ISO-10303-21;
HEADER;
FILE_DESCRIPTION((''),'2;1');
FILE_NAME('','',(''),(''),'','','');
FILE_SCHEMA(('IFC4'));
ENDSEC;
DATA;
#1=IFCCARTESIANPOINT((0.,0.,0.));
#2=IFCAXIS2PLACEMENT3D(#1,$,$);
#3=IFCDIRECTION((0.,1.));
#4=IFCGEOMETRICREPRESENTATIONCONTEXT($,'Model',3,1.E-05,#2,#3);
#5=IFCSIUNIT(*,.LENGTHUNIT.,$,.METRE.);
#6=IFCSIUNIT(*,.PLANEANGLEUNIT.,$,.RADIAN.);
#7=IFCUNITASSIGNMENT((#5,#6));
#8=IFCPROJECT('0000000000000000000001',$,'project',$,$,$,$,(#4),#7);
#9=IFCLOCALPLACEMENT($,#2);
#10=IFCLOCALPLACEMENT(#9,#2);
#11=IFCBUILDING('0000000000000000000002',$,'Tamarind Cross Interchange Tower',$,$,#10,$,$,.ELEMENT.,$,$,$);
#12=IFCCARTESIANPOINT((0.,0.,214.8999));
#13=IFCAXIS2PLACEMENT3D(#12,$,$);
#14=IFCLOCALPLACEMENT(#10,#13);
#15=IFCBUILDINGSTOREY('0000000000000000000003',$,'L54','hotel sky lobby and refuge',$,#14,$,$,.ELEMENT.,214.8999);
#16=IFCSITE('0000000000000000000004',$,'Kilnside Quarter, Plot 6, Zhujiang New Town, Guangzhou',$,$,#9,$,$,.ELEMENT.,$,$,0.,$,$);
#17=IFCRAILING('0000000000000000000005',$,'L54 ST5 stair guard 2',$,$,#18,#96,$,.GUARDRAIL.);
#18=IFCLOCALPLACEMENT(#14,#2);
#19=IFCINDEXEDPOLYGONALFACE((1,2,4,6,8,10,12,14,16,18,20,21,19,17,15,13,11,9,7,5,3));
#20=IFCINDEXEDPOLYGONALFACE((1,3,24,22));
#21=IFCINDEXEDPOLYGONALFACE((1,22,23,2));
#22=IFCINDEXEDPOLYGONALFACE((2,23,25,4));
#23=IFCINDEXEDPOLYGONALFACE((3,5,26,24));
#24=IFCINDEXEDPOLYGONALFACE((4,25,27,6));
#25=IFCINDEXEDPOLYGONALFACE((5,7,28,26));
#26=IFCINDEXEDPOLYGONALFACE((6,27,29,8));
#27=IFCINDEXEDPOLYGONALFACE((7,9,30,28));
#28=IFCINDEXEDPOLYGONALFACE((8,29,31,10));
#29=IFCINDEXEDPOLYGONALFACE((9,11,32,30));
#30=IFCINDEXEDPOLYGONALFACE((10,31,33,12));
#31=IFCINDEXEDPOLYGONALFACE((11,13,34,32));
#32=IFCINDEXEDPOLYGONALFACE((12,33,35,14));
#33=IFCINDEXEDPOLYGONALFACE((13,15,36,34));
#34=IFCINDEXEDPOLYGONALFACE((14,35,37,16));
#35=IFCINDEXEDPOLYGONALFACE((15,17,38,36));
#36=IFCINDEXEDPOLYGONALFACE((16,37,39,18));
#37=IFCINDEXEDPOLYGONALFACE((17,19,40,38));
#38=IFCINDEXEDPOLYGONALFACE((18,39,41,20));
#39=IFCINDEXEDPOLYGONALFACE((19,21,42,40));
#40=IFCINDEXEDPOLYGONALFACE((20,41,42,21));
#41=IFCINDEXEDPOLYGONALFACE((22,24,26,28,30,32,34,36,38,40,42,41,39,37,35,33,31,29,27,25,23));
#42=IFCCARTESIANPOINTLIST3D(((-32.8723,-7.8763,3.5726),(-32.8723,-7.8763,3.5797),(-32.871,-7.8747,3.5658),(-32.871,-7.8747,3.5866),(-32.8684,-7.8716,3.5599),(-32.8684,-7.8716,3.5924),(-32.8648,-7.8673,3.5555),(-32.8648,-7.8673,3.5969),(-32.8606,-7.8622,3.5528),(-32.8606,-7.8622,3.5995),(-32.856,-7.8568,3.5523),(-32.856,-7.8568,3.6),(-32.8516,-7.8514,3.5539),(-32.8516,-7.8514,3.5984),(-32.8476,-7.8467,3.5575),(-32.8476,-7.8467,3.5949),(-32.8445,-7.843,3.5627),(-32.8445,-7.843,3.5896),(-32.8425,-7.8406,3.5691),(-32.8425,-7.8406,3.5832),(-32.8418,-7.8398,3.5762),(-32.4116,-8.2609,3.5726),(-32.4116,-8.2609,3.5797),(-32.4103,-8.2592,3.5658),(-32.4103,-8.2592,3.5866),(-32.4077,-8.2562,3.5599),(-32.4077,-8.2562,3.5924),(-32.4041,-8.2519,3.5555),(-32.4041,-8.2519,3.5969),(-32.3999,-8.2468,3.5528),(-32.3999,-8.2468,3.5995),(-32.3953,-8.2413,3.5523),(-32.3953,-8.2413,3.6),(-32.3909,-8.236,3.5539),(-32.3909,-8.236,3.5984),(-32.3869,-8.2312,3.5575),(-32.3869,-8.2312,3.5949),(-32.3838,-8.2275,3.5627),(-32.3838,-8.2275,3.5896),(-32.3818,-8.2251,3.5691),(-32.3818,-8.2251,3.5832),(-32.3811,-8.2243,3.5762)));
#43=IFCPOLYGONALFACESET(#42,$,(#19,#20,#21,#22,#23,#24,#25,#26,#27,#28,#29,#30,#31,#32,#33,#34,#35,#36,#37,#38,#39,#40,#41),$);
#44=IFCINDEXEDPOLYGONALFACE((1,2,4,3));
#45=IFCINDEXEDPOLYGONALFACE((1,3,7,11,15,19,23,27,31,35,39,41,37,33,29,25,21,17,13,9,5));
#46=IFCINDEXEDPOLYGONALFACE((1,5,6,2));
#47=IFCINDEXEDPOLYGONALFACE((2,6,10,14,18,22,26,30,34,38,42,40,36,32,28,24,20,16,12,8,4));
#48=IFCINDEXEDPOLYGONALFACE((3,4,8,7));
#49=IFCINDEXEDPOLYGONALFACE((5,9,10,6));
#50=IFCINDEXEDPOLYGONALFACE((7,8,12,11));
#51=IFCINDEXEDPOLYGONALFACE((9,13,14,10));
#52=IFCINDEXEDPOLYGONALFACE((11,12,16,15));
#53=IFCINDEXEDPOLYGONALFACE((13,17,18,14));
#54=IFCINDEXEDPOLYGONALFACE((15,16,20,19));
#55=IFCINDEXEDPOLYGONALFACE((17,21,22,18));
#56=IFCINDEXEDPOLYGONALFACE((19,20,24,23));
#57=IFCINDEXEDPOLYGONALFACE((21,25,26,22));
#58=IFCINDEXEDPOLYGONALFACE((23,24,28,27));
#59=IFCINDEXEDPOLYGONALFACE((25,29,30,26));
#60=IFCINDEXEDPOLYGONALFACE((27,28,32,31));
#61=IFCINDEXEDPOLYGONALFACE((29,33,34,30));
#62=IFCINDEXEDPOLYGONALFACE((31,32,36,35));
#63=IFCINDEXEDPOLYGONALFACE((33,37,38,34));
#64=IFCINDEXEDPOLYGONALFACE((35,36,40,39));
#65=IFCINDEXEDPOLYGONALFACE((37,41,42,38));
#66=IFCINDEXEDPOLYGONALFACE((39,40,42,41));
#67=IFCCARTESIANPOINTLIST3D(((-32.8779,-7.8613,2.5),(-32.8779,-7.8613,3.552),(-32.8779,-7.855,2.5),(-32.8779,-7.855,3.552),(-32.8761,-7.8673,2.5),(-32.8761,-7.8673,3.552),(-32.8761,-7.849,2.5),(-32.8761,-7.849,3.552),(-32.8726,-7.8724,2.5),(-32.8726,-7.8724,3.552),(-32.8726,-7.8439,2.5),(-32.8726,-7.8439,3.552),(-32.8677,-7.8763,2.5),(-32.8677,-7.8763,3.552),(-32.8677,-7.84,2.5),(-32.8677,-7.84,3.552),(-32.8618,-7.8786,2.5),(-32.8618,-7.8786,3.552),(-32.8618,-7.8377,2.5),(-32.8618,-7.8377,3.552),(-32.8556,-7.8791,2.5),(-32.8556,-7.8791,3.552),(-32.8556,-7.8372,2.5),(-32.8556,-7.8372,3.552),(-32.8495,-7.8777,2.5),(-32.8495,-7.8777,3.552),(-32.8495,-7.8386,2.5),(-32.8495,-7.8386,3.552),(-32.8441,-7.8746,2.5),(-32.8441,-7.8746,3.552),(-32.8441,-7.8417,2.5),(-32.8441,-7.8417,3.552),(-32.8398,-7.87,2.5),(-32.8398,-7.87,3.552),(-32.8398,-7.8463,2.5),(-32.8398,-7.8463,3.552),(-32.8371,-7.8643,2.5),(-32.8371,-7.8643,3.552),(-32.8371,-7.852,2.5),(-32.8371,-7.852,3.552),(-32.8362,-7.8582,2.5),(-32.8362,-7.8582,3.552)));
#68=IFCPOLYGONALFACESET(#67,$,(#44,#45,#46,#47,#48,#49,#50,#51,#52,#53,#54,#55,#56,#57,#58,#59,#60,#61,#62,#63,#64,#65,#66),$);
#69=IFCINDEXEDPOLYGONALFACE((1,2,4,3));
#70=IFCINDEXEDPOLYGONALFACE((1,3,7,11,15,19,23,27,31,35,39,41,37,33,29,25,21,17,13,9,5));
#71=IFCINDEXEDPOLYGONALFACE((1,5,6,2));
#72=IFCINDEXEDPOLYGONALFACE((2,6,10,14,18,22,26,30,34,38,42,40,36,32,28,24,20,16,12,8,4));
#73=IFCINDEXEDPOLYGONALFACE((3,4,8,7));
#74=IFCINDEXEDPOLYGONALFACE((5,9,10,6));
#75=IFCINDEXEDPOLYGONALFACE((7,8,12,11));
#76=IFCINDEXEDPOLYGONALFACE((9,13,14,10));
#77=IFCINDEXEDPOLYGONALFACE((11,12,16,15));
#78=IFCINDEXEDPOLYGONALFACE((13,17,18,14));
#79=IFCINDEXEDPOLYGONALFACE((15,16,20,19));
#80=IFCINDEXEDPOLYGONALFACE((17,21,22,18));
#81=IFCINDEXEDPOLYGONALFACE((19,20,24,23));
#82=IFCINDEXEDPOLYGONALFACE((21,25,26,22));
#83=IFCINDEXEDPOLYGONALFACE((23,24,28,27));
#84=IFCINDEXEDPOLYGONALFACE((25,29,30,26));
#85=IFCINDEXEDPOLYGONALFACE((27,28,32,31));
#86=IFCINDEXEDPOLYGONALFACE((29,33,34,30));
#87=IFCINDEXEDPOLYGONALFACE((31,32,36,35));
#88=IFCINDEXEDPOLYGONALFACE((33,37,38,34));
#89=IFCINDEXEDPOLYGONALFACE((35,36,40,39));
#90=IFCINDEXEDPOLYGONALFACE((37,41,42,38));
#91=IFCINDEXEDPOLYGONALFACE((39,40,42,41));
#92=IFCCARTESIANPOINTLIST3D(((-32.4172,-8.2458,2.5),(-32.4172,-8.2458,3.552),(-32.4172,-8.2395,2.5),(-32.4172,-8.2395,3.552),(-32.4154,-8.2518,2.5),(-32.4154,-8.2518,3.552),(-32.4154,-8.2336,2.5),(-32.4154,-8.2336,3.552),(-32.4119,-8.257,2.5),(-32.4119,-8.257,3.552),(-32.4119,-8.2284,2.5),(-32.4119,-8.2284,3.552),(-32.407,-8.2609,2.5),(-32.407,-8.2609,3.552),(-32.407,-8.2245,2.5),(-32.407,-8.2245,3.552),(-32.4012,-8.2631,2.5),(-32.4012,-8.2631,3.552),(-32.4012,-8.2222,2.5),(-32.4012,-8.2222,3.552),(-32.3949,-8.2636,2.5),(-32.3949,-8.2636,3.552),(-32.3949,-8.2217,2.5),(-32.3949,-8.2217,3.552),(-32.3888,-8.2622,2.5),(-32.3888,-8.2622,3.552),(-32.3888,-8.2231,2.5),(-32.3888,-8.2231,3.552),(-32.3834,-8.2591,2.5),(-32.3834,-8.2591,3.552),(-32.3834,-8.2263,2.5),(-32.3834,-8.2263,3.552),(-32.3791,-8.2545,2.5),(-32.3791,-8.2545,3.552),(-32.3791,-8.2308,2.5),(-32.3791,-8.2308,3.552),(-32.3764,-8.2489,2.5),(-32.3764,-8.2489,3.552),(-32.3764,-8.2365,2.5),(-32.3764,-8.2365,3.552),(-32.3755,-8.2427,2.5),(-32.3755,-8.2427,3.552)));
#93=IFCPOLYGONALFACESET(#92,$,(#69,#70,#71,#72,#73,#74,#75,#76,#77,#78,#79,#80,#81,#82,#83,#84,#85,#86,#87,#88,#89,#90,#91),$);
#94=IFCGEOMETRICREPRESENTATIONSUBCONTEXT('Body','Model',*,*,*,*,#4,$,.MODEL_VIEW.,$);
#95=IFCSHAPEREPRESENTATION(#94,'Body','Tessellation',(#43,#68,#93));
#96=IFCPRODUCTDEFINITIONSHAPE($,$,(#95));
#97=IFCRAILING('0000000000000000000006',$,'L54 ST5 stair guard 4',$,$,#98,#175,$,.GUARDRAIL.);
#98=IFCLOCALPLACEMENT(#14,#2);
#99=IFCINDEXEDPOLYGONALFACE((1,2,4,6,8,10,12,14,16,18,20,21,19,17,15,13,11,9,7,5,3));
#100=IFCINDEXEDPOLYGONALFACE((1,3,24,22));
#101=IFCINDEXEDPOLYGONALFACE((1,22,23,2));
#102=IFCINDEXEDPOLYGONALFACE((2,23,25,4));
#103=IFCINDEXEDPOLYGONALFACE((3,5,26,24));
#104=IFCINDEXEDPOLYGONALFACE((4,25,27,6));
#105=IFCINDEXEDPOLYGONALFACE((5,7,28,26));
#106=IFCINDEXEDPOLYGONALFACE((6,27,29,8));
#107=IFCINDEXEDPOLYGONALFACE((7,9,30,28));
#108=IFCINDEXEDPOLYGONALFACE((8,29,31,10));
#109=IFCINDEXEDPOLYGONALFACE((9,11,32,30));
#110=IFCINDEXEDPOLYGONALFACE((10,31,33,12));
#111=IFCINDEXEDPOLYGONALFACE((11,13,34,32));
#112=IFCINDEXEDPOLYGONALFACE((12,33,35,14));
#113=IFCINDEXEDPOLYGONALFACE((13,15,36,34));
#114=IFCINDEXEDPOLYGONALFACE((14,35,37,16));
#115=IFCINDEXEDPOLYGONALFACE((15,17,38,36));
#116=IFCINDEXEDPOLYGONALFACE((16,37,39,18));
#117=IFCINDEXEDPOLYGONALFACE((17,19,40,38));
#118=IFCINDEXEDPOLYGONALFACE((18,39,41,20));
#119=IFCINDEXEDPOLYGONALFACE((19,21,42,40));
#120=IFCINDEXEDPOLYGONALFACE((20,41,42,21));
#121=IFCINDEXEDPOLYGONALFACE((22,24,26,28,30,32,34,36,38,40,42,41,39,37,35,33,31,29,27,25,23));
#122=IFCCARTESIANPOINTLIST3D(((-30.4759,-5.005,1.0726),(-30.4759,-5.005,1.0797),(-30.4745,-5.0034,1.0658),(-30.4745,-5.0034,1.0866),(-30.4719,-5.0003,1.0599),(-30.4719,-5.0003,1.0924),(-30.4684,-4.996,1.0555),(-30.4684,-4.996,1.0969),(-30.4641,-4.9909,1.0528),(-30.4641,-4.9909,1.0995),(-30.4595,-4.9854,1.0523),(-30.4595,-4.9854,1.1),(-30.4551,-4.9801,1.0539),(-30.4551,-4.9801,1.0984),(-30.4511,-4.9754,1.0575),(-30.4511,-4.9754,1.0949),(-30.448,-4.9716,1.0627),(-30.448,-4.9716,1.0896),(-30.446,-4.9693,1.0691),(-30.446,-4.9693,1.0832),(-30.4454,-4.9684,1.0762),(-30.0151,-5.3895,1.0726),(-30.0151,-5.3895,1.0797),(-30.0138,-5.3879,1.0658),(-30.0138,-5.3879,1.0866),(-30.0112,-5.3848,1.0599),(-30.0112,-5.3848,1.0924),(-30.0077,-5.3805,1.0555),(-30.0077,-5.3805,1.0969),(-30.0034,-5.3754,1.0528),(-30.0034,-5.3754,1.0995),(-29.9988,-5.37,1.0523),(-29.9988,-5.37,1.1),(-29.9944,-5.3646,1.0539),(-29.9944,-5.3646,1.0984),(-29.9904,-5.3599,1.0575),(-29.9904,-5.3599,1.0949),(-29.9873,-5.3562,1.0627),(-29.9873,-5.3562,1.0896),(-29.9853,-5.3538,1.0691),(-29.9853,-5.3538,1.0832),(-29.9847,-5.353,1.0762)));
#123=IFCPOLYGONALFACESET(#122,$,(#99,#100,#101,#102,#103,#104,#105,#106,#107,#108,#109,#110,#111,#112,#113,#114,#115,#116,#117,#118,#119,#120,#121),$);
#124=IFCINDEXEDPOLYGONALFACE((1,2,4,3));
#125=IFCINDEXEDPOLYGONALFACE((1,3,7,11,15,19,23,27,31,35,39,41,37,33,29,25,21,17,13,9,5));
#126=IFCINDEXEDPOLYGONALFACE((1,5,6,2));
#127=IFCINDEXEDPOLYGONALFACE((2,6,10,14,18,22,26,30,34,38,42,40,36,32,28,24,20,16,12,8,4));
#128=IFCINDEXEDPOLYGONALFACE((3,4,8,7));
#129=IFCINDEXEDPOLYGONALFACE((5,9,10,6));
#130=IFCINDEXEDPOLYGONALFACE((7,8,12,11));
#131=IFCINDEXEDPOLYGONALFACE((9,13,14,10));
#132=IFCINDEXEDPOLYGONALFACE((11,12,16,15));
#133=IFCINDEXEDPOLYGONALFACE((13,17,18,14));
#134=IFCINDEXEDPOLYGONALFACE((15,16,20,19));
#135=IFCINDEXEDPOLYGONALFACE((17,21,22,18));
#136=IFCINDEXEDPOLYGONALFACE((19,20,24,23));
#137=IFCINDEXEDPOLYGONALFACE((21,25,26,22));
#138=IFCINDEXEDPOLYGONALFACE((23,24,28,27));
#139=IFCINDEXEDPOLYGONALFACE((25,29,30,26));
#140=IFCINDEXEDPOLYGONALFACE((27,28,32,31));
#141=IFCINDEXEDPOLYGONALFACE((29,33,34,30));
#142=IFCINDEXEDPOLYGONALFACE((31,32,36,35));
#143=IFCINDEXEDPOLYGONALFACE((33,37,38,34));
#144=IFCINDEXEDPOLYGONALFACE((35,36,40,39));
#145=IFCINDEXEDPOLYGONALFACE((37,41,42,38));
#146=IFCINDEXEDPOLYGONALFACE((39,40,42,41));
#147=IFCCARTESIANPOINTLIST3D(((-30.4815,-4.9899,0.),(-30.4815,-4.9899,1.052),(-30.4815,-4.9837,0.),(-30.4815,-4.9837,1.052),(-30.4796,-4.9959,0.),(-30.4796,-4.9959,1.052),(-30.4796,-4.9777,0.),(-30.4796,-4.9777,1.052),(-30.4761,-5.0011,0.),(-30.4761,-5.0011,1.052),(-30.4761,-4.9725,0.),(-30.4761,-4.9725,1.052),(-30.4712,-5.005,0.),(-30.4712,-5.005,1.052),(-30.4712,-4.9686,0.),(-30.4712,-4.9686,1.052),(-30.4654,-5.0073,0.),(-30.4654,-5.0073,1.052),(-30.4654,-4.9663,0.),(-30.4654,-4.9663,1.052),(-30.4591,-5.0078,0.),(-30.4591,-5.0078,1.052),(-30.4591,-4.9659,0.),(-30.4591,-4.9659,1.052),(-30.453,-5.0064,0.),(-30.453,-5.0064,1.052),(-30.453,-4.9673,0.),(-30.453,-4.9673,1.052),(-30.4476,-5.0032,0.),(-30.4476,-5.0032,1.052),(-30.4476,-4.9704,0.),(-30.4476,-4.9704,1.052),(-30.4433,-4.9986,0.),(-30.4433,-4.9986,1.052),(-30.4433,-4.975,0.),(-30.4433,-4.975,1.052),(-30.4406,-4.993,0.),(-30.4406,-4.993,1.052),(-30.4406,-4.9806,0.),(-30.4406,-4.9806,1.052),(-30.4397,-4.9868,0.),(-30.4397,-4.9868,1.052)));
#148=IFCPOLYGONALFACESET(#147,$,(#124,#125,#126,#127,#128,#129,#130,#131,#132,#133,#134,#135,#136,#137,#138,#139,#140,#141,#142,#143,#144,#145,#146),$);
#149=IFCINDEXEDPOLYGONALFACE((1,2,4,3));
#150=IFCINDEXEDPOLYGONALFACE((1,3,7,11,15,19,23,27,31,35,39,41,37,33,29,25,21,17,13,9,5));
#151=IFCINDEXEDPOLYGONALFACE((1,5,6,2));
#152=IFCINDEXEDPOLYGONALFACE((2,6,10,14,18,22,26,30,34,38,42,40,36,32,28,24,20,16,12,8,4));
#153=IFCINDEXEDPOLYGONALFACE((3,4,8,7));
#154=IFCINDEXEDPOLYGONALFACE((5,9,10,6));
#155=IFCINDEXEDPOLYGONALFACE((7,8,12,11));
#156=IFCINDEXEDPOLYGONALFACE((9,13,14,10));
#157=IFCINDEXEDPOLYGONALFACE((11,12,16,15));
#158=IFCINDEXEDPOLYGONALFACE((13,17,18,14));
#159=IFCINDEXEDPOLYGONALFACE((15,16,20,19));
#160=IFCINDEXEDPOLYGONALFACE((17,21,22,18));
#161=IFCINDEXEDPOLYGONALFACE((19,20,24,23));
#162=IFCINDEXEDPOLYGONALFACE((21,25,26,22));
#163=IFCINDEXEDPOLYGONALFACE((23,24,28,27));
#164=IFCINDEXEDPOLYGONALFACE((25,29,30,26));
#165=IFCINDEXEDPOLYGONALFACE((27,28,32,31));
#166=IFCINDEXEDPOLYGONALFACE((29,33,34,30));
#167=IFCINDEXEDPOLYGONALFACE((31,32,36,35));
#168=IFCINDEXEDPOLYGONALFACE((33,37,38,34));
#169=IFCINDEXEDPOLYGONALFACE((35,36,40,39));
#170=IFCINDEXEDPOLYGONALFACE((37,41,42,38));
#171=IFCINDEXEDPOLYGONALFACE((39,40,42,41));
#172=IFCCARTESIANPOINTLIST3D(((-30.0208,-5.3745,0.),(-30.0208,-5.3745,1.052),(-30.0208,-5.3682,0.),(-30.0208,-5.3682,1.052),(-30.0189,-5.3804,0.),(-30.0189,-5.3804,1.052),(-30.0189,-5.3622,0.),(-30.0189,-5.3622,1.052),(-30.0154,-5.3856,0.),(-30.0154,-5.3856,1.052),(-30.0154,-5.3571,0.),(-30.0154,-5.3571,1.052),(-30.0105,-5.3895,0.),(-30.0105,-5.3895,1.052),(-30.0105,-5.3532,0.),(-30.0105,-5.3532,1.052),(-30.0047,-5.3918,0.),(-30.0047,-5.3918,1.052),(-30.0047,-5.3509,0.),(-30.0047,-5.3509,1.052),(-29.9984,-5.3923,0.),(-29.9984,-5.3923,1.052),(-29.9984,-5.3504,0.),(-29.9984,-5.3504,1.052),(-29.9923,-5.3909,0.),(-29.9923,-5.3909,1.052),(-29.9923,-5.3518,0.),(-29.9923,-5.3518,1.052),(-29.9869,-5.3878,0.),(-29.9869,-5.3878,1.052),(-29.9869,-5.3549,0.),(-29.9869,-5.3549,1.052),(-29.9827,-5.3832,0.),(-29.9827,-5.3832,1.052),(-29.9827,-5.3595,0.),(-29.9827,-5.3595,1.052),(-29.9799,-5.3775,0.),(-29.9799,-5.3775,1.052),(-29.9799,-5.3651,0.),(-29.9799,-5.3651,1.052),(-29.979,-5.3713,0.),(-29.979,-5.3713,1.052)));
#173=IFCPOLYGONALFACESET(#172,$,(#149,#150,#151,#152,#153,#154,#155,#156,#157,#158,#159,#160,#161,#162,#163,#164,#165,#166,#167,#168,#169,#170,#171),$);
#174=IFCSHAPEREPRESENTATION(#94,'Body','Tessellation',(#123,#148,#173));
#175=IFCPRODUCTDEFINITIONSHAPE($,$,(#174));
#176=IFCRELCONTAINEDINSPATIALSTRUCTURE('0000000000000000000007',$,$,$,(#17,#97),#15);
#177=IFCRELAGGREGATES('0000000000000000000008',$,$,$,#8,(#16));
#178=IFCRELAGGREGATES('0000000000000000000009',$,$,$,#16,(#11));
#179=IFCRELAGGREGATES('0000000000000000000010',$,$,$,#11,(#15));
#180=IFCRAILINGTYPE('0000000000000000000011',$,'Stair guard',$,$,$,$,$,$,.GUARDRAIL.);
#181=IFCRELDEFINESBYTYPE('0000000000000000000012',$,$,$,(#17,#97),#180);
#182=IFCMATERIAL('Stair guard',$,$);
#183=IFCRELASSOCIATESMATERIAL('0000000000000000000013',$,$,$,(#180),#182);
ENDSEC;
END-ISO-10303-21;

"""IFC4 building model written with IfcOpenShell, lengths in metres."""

from ifc_helpers import new_model, si_unit, direction, frame, origin, origin_2d, place, context, subcontext, project, spatial, circle, extrude, material, type_object, element, save


model = new_model("IFC4")

# Units and contexts
model_context = context("Model", 3, precision=1e-05, world=origin(), true_north=direction((0.0, 1.0)))
body_context = subcontext(model_context, "Body", "Model", "MODEL_VIEW")
ifc_project = project(units=[si_unit("LENGTHUNIT", "METRE"), si_unit("PLANEANGLEUNIT", "RADIAN")], contexts=[model_context])

# Site, building, storey
site_placement = place(None, origin())
site = spatial("IfcSite", under=ifc_project, at=site_placement, Name="Kilnside Quarter, Plot 6, Zhujiang New Town, Guangzhou", CompositionType="ELEMENT", RefElevation=0.0)
building_placement = place(site_placement, origin())
building = spatial("IfcBuilding", under=site, at=building_placement, Name="Tamarind Cross Interchange Tower", CompositionType="ELEMENT")
storey_placement = place(building_placement, frame((0.0, 0.0, 214.8999)))
storey = spatial("IfcBuildingStorey", under=building, at=storey_placement, Name="L54", Description="hotel sky lobby and refuge", CompositionType="ELEMENT", Elevation=214.8999)

# Railings
ifc_material_1 = material(Name="Stair guard")
railing_type_1 = type_object("IfcRailingType", Name="Stair guard", PredefinedType="GUARDRAIL", material=ifc_material_1)
for number, where, name in (
    (1, (-32.8572, -7.8582, 2.5), "L54 ST5 stair guard 2"),
    (2, (-30.4607, -4.9868, 0.0), "L54 ST5 stair guard 4"),
):
    element("IfcRailing", number, at=place(storey_placement, frame(where)), inside=storey, type_object=railing_type_1, Name=name, PredefinedType="GUARDRAIL", context=body_context, shape_type="SweptSolid", body=[
        extrude(circle(Radius=0.0239, at=origin_2d()), frame((0.0, 0.0, 1.0762), z_axis=(0.767721, -0.640784, 0.0), x_axis=(0.640784, 0.767721, 0.0)), (0.0, 0.0, 1.0), 0.6001),
        extrude(circle(Radius=0.021, at=origin_2d()), origin(), (0.0, 0.0, 1.0), 1.052),
        extrude(circle(Radius=0.021, at=origin_2d()), frame((0.4607, -0.3845, 0.0)), (0.0, 0.0, 1.0), 1.052),
    ])

save(model, "model.ifc")
